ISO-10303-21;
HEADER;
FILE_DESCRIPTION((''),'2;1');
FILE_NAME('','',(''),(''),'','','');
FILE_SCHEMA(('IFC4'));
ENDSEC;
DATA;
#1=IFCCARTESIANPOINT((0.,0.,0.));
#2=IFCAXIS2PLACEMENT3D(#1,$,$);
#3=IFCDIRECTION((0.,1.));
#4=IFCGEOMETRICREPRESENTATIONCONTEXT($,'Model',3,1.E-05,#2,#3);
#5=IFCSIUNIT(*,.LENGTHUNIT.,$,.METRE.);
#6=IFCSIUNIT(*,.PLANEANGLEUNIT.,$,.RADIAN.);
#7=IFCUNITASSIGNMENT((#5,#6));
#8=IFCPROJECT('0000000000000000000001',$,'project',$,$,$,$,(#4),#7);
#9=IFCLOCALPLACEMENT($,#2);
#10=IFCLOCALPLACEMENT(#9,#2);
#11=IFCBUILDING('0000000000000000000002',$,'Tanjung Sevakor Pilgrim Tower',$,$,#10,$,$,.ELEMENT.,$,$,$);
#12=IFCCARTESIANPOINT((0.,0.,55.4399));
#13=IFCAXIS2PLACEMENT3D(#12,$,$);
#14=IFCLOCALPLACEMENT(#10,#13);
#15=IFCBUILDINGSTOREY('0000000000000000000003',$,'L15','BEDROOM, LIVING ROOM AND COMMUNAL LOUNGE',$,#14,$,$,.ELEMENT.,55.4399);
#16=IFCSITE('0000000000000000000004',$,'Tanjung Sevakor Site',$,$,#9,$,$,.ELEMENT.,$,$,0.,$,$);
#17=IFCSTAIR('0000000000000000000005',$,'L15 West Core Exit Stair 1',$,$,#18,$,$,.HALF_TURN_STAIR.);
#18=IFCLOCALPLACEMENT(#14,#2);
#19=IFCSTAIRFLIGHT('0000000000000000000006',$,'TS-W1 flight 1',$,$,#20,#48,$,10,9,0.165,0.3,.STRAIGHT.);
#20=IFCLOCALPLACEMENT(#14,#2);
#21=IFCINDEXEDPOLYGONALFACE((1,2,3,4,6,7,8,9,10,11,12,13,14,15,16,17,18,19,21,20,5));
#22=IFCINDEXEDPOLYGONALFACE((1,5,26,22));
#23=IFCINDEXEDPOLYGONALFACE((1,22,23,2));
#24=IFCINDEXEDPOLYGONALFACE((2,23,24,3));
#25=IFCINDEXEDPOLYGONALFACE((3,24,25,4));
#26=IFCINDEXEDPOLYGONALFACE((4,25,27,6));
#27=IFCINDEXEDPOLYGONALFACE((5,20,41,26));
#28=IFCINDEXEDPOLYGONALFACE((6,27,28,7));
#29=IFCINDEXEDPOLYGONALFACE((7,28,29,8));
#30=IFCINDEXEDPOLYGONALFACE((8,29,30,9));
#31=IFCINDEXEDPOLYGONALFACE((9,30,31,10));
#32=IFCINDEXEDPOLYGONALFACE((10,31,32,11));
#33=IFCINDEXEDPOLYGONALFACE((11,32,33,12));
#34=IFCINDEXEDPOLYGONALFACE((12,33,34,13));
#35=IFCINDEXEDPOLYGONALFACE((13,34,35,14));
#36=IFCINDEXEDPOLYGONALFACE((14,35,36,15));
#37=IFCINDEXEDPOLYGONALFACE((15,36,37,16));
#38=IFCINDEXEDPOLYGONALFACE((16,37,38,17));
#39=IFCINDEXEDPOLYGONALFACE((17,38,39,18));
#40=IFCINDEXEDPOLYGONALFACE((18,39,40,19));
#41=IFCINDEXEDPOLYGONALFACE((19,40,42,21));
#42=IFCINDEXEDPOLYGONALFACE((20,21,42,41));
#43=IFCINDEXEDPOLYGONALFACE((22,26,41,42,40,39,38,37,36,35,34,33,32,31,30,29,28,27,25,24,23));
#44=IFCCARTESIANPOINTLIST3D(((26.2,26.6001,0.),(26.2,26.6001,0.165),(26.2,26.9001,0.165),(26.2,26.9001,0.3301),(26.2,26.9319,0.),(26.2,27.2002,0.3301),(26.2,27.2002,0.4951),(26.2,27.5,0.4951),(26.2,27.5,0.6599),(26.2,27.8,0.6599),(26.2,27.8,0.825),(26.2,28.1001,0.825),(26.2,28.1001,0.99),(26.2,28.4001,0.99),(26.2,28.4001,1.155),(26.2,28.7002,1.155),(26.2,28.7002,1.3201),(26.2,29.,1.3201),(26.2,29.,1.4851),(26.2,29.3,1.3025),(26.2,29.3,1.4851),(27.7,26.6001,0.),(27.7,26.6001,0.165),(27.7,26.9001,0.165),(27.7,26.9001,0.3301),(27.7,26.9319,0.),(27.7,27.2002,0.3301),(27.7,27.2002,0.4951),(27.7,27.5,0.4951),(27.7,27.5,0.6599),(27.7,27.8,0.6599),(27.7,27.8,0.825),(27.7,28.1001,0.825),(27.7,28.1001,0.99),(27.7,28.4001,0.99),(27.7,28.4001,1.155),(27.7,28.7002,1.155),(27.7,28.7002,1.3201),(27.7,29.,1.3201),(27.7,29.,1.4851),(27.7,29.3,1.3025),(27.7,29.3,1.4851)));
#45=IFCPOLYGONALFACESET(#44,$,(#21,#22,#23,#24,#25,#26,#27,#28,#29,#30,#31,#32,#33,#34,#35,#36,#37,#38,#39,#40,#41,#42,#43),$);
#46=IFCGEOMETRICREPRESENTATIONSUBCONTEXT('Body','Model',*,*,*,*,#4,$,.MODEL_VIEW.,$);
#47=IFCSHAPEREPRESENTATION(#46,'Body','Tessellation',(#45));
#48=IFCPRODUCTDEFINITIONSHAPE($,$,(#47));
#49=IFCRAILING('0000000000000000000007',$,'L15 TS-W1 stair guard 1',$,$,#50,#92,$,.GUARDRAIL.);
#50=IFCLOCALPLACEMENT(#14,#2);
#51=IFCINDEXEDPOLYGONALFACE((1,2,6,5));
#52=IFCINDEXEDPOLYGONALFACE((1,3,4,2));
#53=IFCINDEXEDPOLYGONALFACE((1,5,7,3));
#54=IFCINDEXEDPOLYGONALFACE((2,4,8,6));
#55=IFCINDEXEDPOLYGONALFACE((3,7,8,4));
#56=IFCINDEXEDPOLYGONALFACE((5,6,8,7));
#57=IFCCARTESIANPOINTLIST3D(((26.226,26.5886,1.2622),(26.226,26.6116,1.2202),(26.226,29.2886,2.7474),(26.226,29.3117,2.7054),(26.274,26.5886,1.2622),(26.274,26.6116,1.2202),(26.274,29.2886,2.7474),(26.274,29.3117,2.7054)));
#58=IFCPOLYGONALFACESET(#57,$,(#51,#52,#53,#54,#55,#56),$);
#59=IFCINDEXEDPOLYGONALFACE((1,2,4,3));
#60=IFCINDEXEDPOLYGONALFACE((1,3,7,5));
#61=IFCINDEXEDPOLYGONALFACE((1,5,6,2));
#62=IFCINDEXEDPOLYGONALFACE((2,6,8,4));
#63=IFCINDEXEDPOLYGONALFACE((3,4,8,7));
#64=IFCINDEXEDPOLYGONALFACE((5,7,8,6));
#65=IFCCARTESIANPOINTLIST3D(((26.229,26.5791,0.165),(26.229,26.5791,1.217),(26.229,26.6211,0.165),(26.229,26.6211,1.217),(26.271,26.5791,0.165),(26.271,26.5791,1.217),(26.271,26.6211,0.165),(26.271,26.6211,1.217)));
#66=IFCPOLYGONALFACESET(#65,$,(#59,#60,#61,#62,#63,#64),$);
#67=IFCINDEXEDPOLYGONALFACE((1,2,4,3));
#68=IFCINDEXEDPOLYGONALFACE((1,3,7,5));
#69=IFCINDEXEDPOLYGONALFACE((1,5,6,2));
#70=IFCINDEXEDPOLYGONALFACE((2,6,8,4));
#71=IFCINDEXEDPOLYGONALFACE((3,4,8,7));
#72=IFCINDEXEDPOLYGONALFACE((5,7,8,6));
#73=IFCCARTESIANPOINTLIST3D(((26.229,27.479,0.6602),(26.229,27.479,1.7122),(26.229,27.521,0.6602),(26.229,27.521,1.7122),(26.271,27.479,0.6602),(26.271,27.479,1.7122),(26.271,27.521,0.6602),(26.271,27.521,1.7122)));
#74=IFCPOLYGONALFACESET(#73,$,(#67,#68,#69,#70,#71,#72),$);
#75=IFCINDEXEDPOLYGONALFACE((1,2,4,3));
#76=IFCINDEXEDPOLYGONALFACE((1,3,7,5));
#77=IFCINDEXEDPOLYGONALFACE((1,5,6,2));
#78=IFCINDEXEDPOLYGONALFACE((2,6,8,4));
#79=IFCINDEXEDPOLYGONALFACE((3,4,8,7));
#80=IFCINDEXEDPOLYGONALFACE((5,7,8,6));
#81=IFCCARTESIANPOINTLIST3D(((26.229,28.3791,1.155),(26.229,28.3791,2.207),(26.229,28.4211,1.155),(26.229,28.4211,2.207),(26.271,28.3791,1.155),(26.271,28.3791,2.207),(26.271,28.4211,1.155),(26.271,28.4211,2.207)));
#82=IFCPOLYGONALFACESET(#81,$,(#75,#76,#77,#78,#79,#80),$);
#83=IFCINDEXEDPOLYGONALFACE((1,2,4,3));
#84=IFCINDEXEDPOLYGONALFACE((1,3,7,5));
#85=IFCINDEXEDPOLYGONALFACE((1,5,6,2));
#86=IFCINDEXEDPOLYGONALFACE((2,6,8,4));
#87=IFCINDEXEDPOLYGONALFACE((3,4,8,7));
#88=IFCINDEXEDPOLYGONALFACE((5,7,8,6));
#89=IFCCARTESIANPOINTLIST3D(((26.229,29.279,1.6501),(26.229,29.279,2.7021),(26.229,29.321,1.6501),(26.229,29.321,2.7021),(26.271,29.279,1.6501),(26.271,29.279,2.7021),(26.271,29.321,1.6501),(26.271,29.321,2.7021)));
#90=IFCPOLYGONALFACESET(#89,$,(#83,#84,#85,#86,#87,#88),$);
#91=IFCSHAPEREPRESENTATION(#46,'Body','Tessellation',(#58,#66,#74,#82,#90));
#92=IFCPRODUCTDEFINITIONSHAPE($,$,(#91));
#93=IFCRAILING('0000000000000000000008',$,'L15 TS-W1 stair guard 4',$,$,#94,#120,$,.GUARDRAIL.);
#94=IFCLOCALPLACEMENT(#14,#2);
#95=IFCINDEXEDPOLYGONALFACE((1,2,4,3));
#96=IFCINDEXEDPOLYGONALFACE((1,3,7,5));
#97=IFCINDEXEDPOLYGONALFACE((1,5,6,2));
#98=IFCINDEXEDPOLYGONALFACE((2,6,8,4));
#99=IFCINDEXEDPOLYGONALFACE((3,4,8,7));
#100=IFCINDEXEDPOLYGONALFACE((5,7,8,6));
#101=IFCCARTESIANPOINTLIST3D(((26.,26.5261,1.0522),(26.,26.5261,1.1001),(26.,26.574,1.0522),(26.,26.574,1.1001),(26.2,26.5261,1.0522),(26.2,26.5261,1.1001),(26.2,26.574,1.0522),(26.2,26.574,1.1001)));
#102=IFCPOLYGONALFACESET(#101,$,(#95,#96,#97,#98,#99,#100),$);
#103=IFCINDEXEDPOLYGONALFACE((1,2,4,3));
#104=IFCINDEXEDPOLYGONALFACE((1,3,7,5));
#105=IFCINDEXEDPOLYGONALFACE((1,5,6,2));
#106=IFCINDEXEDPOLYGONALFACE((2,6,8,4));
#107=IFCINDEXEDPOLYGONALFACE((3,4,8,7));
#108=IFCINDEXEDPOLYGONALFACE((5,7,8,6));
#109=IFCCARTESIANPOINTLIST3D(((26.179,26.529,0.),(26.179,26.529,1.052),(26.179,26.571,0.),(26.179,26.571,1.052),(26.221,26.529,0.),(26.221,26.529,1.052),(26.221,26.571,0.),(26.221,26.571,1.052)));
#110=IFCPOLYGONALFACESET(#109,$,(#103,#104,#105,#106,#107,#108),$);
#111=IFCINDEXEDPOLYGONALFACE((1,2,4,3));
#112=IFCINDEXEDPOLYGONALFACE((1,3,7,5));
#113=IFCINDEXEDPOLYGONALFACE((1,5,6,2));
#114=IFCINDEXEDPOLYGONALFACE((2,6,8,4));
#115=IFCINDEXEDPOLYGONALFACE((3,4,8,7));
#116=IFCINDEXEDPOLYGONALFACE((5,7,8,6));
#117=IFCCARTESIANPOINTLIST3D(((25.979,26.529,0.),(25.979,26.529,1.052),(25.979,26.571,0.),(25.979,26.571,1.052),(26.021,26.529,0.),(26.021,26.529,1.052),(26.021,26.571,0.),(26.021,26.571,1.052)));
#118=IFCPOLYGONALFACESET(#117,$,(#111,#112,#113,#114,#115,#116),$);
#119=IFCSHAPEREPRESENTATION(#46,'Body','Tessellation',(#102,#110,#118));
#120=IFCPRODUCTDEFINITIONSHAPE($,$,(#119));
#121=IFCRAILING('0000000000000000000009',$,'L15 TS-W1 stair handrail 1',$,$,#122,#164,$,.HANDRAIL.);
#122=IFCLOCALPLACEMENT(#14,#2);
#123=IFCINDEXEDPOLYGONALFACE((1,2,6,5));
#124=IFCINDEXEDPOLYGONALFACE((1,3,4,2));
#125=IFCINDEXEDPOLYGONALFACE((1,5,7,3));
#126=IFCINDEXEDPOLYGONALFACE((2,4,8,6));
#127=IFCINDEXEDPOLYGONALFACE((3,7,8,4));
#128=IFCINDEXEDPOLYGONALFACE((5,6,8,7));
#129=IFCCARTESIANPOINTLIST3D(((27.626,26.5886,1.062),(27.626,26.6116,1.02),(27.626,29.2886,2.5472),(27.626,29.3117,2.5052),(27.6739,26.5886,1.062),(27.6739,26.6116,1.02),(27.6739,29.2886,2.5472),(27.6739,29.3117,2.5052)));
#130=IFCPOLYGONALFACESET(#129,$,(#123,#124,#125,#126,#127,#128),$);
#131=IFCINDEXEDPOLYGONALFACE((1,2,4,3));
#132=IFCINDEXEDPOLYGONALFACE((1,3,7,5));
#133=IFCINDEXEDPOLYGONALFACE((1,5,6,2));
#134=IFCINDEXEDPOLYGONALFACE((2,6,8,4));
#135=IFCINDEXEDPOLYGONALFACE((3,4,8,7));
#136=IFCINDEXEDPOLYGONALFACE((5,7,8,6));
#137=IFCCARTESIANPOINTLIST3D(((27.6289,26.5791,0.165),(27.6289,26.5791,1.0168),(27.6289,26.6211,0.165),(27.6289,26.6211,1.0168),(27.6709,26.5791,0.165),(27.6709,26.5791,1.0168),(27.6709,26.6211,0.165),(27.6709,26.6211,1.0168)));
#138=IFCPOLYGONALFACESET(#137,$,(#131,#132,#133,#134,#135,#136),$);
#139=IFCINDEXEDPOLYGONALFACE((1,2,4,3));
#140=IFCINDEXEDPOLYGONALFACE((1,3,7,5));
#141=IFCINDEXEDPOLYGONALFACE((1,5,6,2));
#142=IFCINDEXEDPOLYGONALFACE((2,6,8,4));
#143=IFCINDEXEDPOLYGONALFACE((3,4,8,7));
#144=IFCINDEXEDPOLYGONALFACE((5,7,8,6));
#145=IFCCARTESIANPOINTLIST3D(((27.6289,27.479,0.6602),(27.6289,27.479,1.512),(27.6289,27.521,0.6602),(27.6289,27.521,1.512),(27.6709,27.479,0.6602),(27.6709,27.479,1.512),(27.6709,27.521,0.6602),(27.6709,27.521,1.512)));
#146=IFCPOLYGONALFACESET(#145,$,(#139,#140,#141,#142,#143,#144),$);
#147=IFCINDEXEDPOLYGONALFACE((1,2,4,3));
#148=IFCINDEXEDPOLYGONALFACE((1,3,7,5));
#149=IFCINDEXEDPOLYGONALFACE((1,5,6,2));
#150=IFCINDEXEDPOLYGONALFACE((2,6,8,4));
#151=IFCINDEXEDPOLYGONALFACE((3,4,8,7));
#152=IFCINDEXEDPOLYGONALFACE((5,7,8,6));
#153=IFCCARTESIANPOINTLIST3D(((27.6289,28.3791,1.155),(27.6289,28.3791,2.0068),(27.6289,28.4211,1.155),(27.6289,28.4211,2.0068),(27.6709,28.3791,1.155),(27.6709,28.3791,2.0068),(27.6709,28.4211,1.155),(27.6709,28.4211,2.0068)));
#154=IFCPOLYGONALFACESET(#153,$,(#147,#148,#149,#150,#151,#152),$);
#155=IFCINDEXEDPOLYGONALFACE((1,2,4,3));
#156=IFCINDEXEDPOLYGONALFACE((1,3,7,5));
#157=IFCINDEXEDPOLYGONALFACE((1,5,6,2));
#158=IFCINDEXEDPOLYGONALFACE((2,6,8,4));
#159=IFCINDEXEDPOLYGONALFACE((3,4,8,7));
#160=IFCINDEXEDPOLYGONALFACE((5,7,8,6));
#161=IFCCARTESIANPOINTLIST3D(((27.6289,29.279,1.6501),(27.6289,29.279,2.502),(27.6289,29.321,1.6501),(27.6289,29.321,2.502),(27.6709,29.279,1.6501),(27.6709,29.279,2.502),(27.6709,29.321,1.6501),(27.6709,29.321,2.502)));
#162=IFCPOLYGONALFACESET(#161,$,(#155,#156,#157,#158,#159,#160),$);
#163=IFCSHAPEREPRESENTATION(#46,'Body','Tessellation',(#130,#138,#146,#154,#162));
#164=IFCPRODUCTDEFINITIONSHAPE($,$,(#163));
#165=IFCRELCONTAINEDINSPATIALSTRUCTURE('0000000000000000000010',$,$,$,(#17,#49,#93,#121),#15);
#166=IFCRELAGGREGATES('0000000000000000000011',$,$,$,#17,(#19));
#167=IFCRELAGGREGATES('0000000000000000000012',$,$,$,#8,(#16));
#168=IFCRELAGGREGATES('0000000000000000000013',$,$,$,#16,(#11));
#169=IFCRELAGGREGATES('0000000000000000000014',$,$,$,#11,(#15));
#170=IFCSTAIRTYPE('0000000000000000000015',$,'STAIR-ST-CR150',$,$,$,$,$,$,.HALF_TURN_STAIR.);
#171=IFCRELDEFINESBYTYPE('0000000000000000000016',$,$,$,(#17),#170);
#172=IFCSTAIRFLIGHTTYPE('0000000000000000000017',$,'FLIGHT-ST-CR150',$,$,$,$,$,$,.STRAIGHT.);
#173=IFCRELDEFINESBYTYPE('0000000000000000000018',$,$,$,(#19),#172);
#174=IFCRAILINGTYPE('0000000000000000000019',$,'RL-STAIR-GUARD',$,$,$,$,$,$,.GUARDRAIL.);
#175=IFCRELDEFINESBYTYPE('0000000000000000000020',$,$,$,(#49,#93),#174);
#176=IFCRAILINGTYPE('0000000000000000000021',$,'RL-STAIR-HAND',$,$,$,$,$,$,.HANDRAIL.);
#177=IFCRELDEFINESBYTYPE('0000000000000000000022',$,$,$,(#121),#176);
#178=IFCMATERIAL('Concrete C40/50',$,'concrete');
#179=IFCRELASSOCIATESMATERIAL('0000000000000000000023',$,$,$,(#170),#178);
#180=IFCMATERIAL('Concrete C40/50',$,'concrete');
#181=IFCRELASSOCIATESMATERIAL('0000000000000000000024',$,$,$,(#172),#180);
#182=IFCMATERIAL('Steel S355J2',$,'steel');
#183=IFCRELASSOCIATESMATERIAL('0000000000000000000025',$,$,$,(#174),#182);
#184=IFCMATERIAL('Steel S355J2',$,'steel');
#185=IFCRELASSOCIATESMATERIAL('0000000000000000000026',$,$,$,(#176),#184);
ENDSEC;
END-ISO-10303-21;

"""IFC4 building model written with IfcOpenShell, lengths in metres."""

from ifc_helpers import new_model, si_unit, direction, frame, origin, place, context, subcontext, project, spatial, polyline, rectangle, outline, extrude, material, type_object, element, aggregate, save


model = new_model("IFC4")

# Units and contexts
model_context = context("Model", 3, precision=1e-05, world=origin(), true_north=direction((0.0, 1.0)))
body_context = subcontext(model_context, "Body", "Model", "MODEL_VIEW")
ifc_project = project(units=[si_unit("LENGTHUNIT", "METRE"), si_unit("PLANEANGLEUNIT", "RADIAN")], contexts=[model_context])

# Site, building, storey
site_placement = place(None, origin())
site = spatial("IfcSite", under=ifc_project, at=site_placement, Name="Tanjung Sevakor Site", CompositionType="ELEMENT", RefElevation=0.0)
building_placement = place(site_placement, origin())
building = spatial("IfcBuilding", under=site, at=building_placement, Name="Tanjung Sevakor Pilgrim Tower", CompositionType="ELEMENT")
storey_placement = place(building_placement, frame((0.0, 0.0, 55.4399)))
storey = spatial("IfcBuildingStorey", under=building, at=storey_placement, Name="L15", Description="BEDROOM, LIVING ROOM AND COMMUNAL LOUNGE", CompositionType="ELEMENT", Elevation=55.4399)

# Stair, stair flight
ifc_material_1 = material(Name="Concrete C40/50", Category="concrete")
stair_type = type_object("IfcStairType", Name="STAIR-ST-CR150", PredefinedType="HALF_TURN_STAIR", material=ifc_material_1)
stair_placement = place(storey_placement, origin())
stair = element("IfcStair", 1, at=stair_placement, inside=storey, type_object=stair_type, Name="L15 West Core Exit Stair 1", PredefinedType="HALF_TURN_STAIR")
ifc_material_2 = material(Name="Concrete C40/50", Category="concrete")
stair_flight_type = type_object("IfcStairFlightType", Name="FLIGHT-ST-CR150", PredefinedType="STRAIGHT", material=ifc_material_2)
stair_flight_placement = place(storey_placement, frame((26.95, 26.6001, 0.0), z_axis=(0.0, 0.0, 1.0), x_axis=(0.0, 1.0, 0.0)))
stair_flight = element("IfcStairFlight", 2, at=stair_flight_placement, type_object=stair_flight_type, Name="TS-W1 flight 1", NumberOfRisers=10, NumberOfTreads=9, PredefinedType="STRAIGHT", RiserHeight=0.165, TreadLength=0.3, context=body_context, shape_type="SweptSolid", body=[
    extrude(outline(polyline([(0.0, 0.0), (0.0, 0.165), (0.3, 0.165), (0.3, 0.3301), (0.6001, 0.3301), (0.6001, 0.4951), (0.8999, 0.4951), (0.8999, 0.6599), (1.2, 0.6599), (1.2, 0.825), (1.5, 0.825), (1.5, 0.99), (1.8, 0.99), (1.8, 1.155), (2.1001, 1.155), (2.1001, 1.3201), (2.3999, 1.3201), (2.3999, 1.4851), (2.7, 1.4851), (2.7, 1.6499), (2.7, 1.3025), (0.3318, 0.0), (0.0, 0.0)])), frame((0.0, 0.75, 0.0), z_axis=(0.0, -1.0, 0.0), x_axis=(1.0, 0.0, 0.0)), (0.0, 0.0, 1.0), 1.5),
])
aggregate(stair, [stair_flight])

# Railings
ifc_material_3 = material(Name="Steel S355J2", Category="steel")
railing_type_1 = type_object("IfcRailingType", Name="RL-STAIR-GUARD", PredefinedType="GUARDRAIL", material=ifc_material_3)
railing_1_placement = place(storey_placement, frame((26.25, 26.6001, 0.165)))
element("IfcRailing", 3, at=railing_1_placement, inside=storey, type_object=railing_type_1, Name="L15 TS-W1 stair guard 1", PredefinedType="GUARDRAIL", context=body_context, shape_type="SweptSolid", body=[
    extrude(rectangle(XDim=0.0479, YDim=0.0479), frame((0.0, 0.0, 1.0762), z_axis=(0.0, 0.876198, 0.481952), x_axis=(-1.0, 0.0, 0.0)), (0.0, 0.0, 1.0), 3.0815),
    extrude(rectangle(XDim=0.042, YDim=0.042), origin(), (0.0, 0.0, 1.0), 1.052),
    extrude(rectangle(XDim=0.042, YDim=0.042), frame((0.0, 0.8999, 0.4951)), (0.0, 0.0, 1.0), 1.052),
    extrude(rectangle(XDim=0.042, YDim=0.042), frame((0.0, 1.8, 0.99)), (0.0, 0.0, 1.0), 1.052),
    extrude(rectangle(XDim=0.042, YDim=0.042), frame((0.0, 2.7, 1.4851)), (0.0, 0.0, 1.0), 1.052),
])
railing_2_placement = place(storey_placement, frame((26.2, 26.55, 0.0)))
element("IfcRailing", 4, at=railing_2_placement, inside=storey, type_object=railing_type_1, Name="L15 TS-W1 stair guard 4", PredefinedType="GUARDRAIL", context=body_context, shape_type="SweptSolid", body=[
    extrude(rectangle(XDim=0.0479, YDim=0.0479), frame((0.0, 0.0, 1.0762), z_axis=(-1.0, 0.0, 0.0), x_axis=(0.0, -1.0, 0.0)), (0.0, 0.0, 1.0), 0.2),
    extrude(rectangle(XDim=0.042, YDim=0.042), origin(), (0.0, 0.0, 1.0), 1.052),
    extrude(rectangle(XDim=0.042, YDim=0.042), frame((-0.2, 0.0, 0.0)), (0.0, 0.0, 1.0), 1.052),
])
ifc_material_4 = material(Name="Steel S355J2", Category="steel")
railing_type_2 = type_object("IfcRailingType", Name="RL-STAIR-HAND", PredefinedType="HANDRAIL", material=ifc_material_4)
railing_3_placement = place(storey_placement, frame((27.6499, 26.6001, 0.165)))
element("IfcRailing", 5, at=railing_3_placement, inside=storey, type_object=railing_type_2, Name="L15 TS-W1 stair handrail 1", PredefinedType="HANDRAIL", context=body_context, shape_type="SweptSolid", body=[
    extrude(rectangle(XDim=0.0479, YDim=0.0479), frame((0.0, 0.0, 0.876), z_axis=(0.0, 0.876198, 0.481952), x_axis=(-1.0, 0.0, 0.0)), (0.0, 0.0, 1.0), 3.0815),
    extrude(rectangle(XDim=0.042, YDim=0.042), origin(), (0.0, 0.0, 1.0), 0.8518),
    extrude(rectangle(XDim=0.042, YDim=0.042), frame((0.0, 0.8999, 0.4951)), (0.0, 0.0, 1.0), 0.8518),
    extrude(rectangle(XDim=0.042, YDim=0.042), frame((0.0, 1.8, 0.99)), (0.0, 0.0, 1.0), 0.8518),
    extrude(rectangle(XDim=0.042, YDim=0.042), frame((0.0, 2.7, 1.4851)), (0.0, 0.0, 1.0), 0.8518),
])

save(model, "model.ifc")
